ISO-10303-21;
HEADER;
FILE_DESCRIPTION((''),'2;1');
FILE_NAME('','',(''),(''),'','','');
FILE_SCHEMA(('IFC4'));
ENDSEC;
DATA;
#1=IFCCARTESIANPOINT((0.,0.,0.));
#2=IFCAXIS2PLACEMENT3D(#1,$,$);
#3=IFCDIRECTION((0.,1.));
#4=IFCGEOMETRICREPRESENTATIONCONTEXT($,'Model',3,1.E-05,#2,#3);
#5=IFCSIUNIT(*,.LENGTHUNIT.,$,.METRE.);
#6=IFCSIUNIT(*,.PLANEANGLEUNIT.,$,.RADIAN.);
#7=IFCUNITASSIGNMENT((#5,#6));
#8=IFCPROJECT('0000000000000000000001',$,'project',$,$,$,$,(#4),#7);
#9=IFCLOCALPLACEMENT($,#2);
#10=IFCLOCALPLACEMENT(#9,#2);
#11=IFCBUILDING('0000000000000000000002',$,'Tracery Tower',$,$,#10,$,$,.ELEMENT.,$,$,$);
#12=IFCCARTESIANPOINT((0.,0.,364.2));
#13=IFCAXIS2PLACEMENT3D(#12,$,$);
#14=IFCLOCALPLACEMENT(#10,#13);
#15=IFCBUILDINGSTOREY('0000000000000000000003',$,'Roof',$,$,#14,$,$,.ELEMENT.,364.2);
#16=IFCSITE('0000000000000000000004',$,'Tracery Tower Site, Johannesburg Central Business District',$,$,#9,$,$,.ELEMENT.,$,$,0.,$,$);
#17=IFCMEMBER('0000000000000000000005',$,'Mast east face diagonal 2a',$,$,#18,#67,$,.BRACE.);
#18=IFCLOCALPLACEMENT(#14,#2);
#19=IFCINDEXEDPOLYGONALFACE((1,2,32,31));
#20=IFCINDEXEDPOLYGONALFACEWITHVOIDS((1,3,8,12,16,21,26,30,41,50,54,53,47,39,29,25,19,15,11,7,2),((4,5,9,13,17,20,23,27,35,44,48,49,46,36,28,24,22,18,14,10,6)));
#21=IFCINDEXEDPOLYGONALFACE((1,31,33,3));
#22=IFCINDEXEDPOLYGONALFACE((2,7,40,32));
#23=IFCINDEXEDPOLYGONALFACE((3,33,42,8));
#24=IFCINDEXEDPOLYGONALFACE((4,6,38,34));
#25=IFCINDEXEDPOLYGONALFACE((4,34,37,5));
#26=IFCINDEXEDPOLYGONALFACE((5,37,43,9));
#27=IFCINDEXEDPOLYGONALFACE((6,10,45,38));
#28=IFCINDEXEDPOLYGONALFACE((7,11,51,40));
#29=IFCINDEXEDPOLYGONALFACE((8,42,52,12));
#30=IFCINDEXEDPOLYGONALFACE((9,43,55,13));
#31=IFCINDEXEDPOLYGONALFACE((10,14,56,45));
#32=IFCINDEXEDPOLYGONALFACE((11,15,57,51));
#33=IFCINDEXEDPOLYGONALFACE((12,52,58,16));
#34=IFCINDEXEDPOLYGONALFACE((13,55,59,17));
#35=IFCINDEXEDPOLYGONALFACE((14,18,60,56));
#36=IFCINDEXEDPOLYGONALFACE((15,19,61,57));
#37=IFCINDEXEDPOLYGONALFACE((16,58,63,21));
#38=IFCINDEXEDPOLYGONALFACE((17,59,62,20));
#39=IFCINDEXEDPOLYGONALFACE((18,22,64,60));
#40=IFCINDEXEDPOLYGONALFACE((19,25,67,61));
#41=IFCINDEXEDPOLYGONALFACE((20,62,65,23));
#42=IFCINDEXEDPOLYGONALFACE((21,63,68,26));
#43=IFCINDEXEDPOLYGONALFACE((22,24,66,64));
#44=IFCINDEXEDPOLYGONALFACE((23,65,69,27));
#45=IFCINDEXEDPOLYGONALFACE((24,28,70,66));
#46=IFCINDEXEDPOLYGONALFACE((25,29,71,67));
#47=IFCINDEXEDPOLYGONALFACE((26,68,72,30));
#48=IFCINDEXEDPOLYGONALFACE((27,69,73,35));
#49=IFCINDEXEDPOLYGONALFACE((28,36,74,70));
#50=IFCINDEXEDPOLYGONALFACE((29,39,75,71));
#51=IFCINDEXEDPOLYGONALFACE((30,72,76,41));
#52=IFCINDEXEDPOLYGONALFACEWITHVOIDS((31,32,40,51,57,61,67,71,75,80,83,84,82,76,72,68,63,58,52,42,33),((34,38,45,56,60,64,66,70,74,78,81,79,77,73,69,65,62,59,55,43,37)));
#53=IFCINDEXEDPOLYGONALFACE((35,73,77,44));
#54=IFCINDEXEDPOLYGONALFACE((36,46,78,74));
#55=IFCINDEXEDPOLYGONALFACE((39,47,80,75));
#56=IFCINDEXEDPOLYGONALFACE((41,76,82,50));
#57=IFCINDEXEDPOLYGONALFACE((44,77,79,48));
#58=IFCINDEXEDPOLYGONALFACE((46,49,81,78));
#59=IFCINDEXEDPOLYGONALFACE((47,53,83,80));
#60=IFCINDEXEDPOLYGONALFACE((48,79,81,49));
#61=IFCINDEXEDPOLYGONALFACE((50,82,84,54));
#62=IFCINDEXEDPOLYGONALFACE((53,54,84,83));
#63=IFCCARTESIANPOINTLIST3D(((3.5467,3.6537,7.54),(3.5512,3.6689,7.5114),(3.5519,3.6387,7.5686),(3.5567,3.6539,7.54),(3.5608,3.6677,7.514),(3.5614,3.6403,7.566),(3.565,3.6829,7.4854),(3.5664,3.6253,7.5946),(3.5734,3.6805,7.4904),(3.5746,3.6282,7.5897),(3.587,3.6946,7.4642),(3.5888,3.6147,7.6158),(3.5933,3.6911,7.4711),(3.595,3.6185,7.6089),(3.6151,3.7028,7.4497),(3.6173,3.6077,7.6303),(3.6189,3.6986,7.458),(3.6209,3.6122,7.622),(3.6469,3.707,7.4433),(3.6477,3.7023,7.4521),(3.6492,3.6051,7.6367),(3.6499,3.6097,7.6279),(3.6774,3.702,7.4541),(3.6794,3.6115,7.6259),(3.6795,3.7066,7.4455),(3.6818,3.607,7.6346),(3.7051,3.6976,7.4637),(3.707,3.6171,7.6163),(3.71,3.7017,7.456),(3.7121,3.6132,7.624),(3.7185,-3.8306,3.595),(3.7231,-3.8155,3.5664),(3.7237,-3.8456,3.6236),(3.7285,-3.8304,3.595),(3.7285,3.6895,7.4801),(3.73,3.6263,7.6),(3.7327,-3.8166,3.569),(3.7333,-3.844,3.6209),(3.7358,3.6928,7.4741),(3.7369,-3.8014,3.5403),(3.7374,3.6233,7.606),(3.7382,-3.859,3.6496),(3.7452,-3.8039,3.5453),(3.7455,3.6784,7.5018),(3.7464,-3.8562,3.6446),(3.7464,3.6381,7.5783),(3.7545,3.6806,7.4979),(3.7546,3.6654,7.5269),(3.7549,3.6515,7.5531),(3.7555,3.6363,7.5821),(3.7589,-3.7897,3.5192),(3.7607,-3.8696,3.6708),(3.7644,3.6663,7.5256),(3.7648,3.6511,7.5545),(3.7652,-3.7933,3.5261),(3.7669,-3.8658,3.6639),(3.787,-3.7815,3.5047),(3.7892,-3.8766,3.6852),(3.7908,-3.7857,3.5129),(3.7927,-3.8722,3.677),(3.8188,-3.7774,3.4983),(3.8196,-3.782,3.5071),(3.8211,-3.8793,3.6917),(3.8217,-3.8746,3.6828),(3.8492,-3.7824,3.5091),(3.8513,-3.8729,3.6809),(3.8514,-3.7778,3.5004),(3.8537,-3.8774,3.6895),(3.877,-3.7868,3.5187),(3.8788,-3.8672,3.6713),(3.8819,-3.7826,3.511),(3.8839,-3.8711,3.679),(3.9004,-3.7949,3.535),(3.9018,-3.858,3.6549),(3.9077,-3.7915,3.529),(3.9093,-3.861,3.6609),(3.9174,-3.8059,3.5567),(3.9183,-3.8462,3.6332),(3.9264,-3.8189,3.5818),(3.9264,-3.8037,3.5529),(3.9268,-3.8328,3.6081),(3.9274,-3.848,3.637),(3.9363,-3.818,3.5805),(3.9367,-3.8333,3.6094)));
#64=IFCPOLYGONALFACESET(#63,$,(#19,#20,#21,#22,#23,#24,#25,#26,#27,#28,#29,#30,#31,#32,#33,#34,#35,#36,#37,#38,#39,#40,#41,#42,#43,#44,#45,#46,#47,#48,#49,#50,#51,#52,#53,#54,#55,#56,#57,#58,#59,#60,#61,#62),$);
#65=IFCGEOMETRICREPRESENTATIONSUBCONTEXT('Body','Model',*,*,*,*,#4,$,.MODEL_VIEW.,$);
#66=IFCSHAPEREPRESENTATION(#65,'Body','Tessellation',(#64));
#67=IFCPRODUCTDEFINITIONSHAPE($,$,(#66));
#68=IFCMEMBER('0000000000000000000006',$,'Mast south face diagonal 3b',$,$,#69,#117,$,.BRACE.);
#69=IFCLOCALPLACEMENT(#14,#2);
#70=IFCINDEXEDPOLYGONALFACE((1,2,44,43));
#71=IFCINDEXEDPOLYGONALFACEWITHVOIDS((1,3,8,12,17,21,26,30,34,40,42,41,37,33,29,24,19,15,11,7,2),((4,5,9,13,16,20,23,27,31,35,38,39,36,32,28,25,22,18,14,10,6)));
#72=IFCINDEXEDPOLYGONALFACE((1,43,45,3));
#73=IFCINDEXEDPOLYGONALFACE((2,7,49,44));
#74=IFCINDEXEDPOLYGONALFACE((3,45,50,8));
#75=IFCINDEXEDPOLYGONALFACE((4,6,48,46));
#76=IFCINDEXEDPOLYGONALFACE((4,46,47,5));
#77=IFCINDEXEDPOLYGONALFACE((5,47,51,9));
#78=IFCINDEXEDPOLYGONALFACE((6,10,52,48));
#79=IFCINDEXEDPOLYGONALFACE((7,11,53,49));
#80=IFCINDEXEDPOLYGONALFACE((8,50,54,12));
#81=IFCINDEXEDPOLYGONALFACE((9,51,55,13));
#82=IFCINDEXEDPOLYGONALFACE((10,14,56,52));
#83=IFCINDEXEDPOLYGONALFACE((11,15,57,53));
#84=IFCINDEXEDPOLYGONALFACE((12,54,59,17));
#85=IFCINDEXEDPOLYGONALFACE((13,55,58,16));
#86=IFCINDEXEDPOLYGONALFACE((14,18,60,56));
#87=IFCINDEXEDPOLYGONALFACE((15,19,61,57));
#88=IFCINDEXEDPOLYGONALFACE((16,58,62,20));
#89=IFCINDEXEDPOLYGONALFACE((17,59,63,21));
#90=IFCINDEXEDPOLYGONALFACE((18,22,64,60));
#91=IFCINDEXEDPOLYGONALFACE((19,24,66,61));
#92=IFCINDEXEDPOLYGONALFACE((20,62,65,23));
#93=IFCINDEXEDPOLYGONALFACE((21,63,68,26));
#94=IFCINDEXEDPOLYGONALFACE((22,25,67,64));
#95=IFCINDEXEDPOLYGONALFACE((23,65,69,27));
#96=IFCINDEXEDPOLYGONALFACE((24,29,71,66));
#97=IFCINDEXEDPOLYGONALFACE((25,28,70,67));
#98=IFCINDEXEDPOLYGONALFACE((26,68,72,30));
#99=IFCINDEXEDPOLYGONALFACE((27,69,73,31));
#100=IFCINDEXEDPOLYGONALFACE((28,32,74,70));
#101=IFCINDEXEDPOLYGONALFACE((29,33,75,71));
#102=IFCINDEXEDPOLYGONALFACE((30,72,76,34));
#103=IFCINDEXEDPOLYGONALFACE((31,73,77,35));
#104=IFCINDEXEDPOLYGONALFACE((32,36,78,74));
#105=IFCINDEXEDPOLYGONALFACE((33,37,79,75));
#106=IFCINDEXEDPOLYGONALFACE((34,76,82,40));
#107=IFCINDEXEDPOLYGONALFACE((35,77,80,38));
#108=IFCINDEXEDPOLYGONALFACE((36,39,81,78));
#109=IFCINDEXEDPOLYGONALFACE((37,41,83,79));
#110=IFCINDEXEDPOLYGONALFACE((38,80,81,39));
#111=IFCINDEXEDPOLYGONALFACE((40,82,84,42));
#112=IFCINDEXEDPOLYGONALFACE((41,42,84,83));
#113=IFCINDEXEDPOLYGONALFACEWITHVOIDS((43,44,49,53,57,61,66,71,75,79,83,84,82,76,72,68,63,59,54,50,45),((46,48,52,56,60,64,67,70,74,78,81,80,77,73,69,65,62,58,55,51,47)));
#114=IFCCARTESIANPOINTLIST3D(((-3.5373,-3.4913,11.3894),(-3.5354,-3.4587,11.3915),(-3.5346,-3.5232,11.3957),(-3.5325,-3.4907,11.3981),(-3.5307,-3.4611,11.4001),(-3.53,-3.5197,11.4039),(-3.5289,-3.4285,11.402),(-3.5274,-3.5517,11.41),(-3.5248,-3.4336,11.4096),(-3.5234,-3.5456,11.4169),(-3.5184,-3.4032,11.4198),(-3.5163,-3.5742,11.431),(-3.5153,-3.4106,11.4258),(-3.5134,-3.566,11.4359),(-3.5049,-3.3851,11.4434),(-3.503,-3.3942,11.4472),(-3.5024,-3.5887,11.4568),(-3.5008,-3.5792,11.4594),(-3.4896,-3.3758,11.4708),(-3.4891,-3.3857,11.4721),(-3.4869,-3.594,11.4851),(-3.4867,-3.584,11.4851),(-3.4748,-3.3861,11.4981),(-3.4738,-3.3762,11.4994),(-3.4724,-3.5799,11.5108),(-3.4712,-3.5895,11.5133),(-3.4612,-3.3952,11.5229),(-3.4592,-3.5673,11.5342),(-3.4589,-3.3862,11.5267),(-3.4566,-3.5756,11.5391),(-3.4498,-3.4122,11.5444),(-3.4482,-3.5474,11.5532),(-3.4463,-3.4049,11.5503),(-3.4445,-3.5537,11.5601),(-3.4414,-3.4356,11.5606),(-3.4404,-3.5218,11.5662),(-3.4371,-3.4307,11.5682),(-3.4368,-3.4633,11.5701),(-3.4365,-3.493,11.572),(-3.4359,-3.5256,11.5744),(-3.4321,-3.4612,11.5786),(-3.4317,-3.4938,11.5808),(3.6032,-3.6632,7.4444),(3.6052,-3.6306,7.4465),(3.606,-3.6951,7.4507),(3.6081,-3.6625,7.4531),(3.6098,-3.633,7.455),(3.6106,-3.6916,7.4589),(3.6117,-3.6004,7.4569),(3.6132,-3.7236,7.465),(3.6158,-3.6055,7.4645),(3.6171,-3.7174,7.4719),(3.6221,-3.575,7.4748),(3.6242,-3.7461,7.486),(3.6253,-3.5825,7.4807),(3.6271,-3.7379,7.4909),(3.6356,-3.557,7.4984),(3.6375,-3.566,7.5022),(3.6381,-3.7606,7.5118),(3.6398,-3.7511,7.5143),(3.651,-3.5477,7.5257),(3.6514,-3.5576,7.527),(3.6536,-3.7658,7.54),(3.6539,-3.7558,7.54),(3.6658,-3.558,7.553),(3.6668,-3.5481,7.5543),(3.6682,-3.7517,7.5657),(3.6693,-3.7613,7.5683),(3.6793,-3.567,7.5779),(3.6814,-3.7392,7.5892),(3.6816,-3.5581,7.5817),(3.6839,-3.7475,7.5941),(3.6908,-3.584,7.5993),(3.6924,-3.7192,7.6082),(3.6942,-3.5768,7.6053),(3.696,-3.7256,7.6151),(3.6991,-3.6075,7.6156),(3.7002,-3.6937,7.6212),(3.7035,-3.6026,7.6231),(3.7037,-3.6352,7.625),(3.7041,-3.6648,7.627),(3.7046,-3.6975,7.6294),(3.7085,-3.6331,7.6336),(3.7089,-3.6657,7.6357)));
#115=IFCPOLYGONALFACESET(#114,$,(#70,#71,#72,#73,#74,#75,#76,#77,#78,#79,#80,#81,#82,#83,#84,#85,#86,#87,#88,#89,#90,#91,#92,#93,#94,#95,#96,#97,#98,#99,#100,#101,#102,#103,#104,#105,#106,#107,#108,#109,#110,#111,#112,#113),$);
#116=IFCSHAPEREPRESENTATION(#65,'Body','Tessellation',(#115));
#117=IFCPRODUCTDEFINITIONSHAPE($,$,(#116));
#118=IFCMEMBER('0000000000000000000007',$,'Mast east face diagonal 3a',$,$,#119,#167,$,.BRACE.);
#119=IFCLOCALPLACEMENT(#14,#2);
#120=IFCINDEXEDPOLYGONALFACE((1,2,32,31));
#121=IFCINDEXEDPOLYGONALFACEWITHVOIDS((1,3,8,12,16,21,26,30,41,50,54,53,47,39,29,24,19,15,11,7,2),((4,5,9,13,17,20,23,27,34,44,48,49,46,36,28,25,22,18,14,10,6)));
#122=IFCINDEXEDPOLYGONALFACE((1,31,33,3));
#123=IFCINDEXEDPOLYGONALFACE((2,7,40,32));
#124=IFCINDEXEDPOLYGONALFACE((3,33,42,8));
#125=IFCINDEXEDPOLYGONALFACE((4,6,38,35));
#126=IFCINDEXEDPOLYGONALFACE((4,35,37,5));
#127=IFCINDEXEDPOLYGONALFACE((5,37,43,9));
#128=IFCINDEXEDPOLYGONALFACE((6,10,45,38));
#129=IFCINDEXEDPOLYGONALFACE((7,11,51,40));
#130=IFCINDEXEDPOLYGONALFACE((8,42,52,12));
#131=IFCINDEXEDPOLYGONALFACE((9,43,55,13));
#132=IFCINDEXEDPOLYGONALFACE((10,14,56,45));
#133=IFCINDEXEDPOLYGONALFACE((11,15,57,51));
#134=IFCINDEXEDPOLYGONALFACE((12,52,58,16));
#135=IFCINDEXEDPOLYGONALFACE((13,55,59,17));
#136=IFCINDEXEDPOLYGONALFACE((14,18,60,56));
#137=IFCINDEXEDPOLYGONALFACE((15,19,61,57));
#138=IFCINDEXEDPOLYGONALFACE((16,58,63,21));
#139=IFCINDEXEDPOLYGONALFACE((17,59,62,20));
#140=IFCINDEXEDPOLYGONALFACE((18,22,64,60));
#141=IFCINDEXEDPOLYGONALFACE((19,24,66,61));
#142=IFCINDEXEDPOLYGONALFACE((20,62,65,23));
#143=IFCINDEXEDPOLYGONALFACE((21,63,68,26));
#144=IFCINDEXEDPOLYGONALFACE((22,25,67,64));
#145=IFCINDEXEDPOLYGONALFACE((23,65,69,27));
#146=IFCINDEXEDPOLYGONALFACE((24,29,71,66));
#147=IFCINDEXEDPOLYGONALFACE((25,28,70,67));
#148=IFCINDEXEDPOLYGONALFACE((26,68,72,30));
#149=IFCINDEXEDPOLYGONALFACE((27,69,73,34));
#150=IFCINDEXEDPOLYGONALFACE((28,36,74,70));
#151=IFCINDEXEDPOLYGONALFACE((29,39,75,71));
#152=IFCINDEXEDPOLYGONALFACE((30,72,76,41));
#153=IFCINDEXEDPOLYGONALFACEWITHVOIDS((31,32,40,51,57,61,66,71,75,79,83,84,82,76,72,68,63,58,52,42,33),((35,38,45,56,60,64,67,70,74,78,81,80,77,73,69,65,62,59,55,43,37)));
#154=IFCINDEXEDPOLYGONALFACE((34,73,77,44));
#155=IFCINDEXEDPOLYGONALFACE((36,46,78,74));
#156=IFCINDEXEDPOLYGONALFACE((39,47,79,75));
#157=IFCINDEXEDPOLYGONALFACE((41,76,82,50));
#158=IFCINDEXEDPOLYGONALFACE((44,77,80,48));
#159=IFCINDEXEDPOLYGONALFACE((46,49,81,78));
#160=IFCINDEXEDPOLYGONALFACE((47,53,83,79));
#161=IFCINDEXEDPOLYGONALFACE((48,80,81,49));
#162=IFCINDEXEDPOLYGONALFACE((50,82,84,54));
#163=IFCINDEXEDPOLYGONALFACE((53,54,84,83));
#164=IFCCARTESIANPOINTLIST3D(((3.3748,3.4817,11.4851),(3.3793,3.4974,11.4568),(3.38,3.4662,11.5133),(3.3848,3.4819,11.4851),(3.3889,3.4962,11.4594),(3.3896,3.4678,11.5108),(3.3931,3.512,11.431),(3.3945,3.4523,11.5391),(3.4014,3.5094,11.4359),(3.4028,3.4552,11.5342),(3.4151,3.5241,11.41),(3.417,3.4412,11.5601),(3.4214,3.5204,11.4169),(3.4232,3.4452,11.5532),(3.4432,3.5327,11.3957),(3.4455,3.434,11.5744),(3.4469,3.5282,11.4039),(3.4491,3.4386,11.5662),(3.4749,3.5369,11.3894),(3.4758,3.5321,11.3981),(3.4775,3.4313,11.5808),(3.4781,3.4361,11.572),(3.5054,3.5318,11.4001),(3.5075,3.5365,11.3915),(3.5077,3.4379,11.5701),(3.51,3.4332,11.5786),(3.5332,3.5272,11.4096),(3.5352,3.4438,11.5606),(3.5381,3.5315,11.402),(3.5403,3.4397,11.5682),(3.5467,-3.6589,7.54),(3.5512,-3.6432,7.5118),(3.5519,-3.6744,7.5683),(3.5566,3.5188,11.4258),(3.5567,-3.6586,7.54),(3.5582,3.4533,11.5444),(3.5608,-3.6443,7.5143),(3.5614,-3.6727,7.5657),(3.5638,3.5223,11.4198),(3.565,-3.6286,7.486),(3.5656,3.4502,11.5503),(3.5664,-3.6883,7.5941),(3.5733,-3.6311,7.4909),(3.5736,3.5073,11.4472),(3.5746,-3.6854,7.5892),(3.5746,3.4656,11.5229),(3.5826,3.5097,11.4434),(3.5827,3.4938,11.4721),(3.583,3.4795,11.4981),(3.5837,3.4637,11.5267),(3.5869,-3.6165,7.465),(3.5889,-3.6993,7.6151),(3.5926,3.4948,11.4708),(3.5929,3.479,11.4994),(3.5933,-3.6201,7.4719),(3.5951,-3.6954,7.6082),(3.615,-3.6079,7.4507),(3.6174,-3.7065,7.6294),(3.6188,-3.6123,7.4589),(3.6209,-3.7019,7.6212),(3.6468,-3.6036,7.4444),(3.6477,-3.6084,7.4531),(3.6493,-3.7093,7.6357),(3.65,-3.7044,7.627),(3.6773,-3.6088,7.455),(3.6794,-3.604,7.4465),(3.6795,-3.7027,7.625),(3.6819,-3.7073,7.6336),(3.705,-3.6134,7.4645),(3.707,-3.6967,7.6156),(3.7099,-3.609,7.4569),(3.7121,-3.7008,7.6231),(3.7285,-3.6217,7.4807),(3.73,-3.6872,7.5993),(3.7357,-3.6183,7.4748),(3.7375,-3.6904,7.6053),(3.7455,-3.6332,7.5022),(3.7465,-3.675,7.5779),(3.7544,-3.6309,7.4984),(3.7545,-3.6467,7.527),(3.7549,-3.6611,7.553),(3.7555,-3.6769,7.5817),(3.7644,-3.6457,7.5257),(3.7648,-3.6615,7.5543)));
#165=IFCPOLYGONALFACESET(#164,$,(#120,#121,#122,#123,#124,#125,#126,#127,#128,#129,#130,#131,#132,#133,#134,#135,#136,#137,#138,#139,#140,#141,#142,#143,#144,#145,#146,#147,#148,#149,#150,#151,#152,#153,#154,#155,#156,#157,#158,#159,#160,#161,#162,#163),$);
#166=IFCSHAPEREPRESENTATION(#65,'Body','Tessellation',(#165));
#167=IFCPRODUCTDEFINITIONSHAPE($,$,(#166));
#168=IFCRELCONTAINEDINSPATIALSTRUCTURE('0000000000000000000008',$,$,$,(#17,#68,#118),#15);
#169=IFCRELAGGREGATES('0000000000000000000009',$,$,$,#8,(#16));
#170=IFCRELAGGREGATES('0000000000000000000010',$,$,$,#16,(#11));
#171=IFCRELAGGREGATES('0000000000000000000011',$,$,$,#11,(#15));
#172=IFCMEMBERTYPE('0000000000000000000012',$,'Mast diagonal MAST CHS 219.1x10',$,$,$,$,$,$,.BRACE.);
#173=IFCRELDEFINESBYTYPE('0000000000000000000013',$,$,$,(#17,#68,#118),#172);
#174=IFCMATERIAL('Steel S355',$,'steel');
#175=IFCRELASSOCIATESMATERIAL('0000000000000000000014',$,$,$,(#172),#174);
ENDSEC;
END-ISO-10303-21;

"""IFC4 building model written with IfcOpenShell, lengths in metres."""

from ifc_helpers import new_model, si_unit, direction, frame, origin, origin_2d, place, context, subcontext, project, spatial, hollow_circle, extrude, material, material_profile, profile_set, type_object, element, save


model = new_model("IFC4")

# Units and contexts
model_context = context("Model", 3, precision=1e-05, world=origin(), true_north=direction((0.0, 1.0)))
body_context = subcontext(model_context, "Body", "Model", "MODEL_VIEW")
ifc_project = project(units=[si_unit("LENGTHUNIT", "METRE"), si_unit("PLANEANGLEUNIT", "RADIAN")], contexts=[model_context])

# Site, building, storey
site_placement = place(None, origin())
site = spatial("IfcSite", under=ifc_project, at=site_placement, Name="Tracery Tower Site, Johannesburg Central Business District", CompositionType="ELEMENT", RefElevation=0.0)
building_placement = place(site_placement, origin())
building = spatial("IfcBuilding", under=site, at=building_placement, Name="Tracery Tower", CompositionType="ELEMENT")
storey_placement = place(building_placement, frame((0.0, 0.0, 364.2)))
storey = spatial("IfcBuildingStorey", under=building, at=storey_placement, Name="Roof", CompositionType="ELEMENT", Elevation=364.2)

# Members
ifc_material_1 = material(Name="Steel S355", Category="steel")
ifc_material_profile_1 = material_profile(ifc_material_1, hollow_circle(Radius=0.1096, WallThickness=0.01, at=origin_2d()), Name="CHS 219.1x10")
ifc_profile_set_1 = profile_set([ifc_material_profile_1], Name="Steel S355")
member_type_1 = type_object("IfcMemberType", Name="Mast diagonal MAST CHS 219.1x10", PredefinedType="BRACE", material=ifc_profile_set_1)
for number, where, z_axis, x_axis, name in (
    (1, (3.8281, -3.8281, 3.595), (-0.020311, 0.884447, 0.466198), (-0.999736, -0.022958, 0.0), "Mast east face diagonal 2a"),
):
    element("IfcMember", number, at=place(storey_placement, frame(where, z_axis=z_axis, x_axis=x_axis)), inside=storey, type_object=member_type_1, Name=name, PredefinedType="BRACE", context=body_context, shape_type="SweptSolid", body=[
        extrude(hollow_circle(Radius=0.1096, WallThickness=0.01, at=origin_2d()), origin(), (0.0, 0.0, 1.0), 8.4622),
    ])
for number, where, z_axis, x_axis, name in (
    (2, (3.6562, -3.6562, 7.54), (-0.875103, 0.021064, 0.483479), (-0.024063, -0.99971, 0.0), "Mast south face diagonal 3b"),
    (3, (3.6562, -3.6562, 7.54), (-0.021064, 0.875103, 0.483479), (-0.99971, -0.024063, 0.0), "Mast east face diagonal 3a"),
):
    element("IfcMember", number, at=place(storey_placement, frame(where, z_axis=z_axis, x_axis=x_axis)), inside=storey, type_object=member_type_1, Name=name, PredefinedType="BRACE", context=body_context, shape_type="SweptSolid", body=[
        extrude(hollow_circle(Radius=0.1096, WallThickness=0.01, at=origin_2d()), origin(), (0.0, 0.0, 1.0), 8.1597),
    ])

save(model, "model.ifc")
